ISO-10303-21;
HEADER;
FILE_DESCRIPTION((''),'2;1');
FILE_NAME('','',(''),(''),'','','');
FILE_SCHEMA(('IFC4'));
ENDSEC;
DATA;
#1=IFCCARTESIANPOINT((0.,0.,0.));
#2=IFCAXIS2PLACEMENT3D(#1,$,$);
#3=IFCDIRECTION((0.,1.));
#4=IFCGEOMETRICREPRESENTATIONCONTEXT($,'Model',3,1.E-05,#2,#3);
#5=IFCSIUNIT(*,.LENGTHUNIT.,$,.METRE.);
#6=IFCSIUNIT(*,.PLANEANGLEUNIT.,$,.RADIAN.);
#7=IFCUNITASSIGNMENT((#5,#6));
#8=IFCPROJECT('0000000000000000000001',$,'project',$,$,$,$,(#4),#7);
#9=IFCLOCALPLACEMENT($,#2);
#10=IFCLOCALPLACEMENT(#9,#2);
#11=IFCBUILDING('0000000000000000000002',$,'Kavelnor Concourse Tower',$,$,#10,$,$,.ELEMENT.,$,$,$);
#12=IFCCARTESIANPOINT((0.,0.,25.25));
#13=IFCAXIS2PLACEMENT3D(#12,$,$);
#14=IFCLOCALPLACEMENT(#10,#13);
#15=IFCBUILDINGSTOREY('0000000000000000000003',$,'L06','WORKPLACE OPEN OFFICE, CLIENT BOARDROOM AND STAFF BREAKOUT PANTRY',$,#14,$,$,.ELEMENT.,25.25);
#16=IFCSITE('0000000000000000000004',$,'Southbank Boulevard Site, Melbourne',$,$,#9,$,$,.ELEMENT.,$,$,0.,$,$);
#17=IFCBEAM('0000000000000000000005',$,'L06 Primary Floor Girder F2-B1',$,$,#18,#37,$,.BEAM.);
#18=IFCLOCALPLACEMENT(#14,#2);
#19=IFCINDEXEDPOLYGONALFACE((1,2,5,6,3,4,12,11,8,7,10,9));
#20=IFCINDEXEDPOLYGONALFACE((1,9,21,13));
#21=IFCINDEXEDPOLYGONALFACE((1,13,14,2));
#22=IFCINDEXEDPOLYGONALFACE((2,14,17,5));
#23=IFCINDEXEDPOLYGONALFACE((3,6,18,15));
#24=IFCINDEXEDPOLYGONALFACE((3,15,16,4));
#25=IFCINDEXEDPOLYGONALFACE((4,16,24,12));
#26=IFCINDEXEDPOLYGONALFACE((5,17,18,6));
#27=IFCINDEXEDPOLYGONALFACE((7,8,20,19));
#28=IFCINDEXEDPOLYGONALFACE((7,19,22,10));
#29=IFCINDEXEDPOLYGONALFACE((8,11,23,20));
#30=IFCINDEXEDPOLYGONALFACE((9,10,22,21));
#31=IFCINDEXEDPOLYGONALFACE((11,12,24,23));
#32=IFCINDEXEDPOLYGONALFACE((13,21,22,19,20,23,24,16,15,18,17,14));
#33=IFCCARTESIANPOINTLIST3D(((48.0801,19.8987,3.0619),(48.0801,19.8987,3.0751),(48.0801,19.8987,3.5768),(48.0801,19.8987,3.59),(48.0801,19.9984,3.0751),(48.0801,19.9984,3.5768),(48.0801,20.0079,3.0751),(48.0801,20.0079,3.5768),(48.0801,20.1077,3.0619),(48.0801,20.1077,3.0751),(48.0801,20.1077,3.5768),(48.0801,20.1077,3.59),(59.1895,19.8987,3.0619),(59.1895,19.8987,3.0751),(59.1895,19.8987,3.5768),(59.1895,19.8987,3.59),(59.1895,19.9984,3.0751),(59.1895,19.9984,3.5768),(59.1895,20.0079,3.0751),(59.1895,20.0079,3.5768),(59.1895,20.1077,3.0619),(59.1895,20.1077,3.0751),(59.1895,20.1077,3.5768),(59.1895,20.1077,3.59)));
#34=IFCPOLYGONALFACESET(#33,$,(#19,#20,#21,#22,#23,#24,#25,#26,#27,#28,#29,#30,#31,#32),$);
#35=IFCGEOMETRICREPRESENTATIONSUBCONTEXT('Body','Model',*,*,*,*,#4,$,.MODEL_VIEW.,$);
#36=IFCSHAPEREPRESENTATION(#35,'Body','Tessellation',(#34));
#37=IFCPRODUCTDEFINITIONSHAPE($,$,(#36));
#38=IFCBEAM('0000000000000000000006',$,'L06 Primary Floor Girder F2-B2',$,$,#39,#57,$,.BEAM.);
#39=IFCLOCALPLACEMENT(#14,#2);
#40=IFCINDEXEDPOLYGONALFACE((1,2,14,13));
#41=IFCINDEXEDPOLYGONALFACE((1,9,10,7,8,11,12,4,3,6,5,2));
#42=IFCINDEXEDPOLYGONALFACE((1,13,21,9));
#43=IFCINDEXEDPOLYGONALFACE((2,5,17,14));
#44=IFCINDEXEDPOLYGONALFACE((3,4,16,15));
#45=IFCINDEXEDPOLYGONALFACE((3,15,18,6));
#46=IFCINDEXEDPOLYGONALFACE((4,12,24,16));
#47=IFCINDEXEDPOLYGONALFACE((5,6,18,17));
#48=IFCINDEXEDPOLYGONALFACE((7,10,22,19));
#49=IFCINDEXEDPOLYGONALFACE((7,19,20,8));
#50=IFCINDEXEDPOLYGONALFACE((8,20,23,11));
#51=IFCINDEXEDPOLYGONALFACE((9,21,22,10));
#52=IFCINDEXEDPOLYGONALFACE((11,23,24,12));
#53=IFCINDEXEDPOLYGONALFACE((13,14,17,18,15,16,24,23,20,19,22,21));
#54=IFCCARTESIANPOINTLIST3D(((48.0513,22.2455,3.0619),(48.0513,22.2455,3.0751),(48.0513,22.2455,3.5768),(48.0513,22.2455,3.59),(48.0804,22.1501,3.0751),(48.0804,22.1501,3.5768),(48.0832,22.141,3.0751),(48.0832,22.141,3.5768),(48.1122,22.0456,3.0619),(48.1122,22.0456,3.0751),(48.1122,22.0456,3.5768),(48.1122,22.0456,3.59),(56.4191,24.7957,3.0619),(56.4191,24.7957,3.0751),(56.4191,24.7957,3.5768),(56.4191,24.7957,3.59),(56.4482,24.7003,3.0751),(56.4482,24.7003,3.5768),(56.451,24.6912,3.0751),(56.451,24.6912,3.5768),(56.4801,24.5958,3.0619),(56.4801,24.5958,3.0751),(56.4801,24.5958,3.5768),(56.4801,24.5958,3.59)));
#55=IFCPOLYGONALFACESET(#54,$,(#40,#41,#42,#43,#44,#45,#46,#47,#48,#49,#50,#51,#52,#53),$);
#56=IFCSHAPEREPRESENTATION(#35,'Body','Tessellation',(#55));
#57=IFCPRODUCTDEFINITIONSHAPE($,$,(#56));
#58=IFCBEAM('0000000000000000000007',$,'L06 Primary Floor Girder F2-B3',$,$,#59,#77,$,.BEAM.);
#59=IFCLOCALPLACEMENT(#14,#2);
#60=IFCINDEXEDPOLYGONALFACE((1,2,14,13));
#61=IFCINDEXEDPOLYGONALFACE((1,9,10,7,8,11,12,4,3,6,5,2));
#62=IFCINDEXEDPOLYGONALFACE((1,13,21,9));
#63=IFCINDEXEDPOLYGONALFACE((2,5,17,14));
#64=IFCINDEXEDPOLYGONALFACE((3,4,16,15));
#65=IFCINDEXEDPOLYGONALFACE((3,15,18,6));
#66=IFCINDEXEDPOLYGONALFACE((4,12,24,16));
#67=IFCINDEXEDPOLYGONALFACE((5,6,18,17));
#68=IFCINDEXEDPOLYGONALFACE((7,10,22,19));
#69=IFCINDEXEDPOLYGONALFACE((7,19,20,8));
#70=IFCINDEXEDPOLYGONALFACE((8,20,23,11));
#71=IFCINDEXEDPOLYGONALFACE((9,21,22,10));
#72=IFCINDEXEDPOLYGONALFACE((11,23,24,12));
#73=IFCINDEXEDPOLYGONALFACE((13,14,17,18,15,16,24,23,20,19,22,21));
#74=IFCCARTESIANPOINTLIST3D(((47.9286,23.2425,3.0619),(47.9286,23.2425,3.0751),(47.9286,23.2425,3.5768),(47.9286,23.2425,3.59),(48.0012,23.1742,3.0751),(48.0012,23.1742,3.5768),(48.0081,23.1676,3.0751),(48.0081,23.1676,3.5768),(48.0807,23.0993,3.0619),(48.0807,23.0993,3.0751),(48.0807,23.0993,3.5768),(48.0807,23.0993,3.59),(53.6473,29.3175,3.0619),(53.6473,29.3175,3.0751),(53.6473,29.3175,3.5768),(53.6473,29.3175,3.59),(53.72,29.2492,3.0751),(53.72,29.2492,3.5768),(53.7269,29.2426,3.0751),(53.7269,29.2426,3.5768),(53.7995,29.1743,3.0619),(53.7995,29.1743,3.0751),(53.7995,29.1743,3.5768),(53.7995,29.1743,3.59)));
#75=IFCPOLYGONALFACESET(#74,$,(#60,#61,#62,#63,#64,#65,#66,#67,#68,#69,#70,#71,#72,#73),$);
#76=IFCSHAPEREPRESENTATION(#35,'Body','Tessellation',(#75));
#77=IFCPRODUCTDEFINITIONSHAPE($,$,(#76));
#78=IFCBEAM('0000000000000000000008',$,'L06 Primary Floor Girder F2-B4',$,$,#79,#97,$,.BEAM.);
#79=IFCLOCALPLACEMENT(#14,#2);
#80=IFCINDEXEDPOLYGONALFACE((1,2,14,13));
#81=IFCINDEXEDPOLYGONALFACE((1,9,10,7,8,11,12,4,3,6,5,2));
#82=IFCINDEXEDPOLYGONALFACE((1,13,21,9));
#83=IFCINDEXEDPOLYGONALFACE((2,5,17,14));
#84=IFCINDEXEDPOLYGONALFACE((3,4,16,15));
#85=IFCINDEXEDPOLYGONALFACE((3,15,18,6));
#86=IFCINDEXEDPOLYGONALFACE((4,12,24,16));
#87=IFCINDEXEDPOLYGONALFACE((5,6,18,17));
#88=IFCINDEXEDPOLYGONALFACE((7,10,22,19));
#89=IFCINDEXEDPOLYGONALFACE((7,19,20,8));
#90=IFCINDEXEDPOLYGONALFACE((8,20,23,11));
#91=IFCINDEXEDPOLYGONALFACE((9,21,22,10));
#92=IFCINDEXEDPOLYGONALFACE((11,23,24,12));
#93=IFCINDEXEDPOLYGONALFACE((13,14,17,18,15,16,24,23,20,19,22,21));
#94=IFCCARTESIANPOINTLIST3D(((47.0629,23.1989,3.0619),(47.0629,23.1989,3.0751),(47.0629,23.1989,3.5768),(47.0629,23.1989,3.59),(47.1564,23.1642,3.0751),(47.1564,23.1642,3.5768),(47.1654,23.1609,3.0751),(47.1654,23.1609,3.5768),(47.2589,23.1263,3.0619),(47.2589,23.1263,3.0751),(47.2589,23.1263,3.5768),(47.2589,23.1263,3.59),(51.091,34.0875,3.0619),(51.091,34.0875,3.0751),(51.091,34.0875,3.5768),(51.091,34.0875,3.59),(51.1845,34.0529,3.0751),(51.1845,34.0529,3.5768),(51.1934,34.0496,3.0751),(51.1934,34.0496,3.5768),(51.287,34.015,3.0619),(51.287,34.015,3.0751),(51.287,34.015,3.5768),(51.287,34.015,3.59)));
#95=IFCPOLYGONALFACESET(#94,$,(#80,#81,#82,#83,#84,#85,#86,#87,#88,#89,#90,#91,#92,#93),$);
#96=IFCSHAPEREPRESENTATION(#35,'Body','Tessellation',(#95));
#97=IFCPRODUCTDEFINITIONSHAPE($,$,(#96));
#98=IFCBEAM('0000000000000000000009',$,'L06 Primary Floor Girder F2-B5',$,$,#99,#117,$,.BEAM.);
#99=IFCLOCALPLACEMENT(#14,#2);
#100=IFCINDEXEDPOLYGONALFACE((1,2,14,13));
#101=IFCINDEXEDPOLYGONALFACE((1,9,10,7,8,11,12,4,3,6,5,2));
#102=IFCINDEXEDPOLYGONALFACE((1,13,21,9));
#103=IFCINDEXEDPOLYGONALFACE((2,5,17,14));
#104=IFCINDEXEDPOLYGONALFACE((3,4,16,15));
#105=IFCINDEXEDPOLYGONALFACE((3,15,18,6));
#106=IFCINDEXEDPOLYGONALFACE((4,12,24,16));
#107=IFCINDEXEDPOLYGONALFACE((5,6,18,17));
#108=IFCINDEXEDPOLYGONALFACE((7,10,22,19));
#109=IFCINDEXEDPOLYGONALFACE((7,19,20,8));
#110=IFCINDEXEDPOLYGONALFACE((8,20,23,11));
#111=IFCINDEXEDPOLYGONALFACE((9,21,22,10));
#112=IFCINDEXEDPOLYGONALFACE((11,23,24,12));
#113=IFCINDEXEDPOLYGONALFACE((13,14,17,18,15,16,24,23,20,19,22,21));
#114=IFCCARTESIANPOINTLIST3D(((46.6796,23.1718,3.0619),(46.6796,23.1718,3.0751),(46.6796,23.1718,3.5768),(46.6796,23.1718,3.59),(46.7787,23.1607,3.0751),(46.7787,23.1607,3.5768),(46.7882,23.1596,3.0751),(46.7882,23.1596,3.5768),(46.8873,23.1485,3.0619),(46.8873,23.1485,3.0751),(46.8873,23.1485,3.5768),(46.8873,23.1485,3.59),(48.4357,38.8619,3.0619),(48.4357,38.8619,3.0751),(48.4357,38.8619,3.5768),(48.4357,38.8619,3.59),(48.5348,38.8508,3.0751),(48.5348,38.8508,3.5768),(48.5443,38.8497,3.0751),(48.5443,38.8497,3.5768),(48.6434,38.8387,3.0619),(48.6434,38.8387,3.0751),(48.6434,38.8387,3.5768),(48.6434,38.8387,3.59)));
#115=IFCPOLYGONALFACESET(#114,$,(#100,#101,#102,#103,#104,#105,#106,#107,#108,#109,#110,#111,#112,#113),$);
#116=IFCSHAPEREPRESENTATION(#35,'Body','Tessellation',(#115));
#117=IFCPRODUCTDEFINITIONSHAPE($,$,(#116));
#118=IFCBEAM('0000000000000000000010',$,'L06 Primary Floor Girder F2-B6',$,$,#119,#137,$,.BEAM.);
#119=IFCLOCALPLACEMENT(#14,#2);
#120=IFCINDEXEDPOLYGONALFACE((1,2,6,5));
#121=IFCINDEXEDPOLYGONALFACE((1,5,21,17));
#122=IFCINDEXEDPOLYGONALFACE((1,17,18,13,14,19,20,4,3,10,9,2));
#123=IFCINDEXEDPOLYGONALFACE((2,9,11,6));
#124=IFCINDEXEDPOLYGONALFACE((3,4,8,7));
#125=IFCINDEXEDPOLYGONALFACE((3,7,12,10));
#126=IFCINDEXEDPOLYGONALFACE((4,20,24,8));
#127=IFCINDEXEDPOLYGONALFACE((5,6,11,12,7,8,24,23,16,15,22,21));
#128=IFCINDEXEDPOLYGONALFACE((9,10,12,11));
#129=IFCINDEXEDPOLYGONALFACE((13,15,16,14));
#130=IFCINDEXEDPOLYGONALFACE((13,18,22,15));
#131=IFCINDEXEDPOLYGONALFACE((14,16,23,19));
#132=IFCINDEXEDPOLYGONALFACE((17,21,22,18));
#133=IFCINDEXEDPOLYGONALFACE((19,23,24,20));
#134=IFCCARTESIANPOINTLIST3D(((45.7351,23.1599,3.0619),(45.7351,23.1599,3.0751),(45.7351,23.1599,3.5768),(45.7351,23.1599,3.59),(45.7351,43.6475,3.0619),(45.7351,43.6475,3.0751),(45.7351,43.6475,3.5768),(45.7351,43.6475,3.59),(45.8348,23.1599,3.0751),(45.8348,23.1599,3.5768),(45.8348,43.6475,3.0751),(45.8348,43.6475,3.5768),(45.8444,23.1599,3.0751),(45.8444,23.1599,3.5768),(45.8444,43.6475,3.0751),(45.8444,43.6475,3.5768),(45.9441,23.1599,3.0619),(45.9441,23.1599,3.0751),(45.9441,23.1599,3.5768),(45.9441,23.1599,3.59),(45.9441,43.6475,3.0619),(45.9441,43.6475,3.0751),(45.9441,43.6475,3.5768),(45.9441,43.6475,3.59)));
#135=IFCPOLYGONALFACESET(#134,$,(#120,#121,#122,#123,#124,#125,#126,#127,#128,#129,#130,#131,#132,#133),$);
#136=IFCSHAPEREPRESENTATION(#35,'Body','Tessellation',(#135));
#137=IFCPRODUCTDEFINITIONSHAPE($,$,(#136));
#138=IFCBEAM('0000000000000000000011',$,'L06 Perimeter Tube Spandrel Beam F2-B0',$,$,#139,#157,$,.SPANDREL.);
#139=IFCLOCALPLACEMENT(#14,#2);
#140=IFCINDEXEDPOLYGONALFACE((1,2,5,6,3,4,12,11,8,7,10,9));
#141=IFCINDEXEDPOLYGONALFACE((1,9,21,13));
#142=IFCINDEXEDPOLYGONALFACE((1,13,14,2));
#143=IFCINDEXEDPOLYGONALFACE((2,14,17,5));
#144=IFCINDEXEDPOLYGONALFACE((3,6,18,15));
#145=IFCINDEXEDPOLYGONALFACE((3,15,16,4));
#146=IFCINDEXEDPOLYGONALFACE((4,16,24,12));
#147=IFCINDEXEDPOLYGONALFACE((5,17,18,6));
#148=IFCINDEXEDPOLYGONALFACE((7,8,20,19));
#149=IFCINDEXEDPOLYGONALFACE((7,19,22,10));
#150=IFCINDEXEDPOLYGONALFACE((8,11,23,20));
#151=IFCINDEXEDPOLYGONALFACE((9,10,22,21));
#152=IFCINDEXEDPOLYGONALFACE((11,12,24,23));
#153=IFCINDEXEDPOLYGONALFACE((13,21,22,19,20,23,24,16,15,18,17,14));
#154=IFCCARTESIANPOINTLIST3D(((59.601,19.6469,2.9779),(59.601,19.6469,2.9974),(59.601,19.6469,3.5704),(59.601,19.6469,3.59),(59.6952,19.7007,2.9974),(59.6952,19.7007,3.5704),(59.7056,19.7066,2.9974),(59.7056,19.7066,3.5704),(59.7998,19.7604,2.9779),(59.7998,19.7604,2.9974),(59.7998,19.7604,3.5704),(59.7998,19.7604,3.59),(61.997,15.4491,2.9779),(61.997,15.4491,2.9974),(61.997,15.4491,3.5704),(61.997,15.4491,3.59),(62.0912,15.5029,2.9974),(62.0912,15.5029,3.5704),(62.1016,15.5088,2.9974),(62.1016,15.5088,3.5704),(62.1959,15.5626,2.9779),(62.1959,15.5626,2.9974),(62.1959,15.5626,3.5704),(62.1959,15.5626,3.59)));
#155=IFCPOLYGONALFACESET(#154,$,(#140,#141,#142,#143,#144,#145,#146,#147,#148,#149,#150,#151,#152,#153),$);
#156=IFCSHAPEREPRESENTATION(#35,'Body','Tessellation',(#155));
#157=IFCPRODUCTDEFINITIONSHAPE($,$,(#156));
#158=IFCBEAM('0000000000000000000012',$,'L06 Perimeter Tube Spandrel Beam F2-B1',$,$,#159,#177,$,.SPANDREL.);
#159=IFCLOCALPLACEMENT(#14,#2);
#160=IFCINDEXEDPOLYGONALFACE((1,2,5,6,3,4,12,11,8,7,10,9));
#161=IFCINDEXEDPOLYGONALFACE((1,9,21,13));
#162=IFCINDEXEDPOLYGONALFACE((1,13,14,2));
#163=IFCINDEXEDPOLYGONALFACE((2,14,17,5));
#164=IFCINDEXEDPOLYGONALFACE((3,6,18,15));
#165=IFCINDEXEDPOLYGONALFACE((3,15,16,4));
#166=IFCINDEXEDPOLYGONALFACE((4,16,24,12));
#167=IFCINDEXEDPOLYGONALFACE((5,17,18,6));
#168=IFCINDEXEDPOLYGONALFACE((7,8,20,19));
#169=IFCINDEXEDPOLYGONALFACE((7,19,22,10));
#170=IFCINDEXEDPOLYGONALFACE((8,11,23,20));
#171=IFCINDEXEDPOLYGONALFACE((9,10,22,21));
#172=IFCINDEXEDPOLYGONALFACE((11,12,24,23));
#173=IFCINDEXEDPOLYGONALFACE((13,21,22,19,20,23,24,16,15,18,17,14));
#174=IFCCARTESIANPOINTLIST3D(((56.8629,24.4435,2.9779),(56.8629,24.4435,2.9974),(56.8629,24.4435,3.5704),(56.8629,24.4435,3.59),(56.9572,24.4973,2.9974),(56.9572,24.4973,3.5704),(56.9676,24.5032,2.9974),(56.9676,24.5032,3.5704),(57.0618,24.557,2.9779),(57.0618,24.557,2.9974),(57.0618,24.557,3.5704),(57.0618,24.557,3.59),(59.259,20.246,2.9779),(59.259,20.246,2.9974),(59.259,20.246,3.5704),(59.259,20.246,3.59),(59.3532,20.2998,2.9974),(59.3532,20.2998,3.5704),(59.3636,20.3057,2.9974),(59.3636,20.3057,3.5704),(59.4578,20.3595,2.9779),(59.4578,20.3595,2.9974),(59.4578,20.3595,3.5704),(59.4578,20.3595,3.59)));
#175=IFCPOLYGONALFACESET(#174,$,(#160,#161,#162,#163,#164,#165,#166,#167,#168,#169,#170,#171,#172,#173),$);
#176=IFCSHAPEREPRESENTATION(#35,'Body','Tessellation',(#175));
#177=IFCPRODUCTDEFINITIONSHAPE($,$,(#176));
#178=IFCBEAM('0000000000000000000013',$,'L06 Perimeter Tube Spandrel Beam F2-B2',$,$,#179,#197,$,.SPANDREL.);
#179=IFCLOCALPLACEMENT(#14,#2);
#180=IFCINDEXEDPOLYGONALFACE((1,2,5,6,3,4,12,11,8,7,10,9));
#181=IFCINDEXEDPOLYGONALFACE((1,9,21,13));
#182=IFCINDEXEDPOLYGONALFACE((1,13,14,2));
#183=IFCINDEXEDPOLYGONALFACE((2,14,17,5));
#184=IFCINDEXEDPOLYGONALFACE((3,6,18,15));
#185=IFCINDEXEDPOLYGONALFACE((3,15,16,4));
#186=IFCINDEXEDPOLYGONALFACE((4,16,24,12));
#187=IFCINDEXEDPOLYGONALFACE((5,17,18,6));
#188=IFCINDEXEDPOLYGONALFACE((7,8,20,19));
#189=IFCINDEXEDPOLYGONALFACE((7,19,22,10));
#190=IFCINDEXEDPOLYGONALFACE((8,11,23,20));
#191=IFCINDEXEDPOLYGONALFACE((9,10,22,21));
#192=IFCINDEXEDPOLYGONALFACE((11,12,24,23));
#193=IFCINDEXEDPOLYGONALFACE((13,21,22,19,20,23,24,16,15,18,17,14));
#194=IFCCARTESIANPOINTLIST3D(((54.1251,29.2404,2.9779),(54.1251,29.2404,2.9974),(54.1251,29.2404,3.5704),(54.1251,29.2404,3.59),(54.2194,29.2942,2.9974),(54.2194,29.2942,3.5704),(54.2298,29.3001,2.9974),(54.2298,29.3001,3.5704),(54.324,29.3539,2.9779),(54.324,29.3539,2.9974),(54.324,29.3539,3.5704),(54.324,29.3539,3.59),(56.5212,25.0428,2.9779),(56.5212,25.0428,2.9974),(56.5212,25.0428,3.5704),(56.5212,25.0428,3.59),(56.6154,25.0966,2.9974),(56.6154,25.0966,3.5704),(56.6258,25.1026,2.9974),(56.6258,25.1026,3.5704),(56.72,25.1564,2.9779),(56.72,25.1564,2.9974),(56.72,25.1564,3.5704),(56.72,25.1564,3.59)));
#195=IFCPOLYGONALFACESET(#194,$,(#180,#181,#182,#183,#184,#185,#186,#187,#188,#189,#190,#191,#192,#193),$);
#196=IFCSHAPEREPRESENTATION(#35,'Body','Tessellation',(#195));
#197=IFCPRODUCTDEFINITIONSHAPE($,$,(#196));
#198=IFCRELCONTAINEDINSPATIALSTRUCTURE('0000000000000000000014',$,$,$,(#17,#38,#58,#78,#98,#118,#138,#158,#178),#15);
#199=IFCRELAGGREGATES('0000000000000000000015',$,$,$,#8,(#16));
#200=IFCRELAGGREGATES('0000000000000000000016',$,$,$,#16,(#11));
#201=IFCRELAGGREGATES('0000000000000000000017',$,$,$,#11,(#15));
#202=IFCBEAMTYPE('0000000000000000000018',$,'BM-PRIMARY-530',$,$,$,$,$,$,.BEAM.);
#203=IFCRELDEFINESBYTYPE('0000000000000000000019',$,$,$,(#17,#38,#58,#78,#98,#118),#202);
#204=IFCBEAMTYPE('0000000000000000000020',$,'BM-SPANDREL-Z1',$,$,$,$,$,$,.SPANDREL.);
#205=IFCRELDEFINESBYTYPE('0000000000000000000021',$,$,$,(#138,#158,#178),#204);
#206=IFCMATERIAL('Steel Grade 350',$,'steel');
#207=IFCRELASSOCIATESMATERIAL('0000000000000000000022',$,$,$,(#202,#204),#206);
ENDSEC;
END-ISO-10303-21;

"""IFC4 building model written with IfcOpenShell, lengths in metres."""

from ifc_helpers import new_model, si_unit, direction, frame, origin, origin_2d, place, context, subcontext, project, spatial, i_section, extrude, material, material_profile, profile_set, type_object, element, save


model = new_model("IFC4")

# Units and contexts
model_context = context("Model", 3, precision=1e-05, world=origin(), true_north=direction((0.0, 1.0)))
body_context = subcontext(model_context, "Body", "Model", "MODEL_VIEW")
ifc_project = project(units=[si_unit("LENGTHUNIT", "METRE"), si_unit("PLANEANGLEUNIT", "RADIAN")], contexts=[model_context])

# Site, building, storey
site_placement = place(None, origin())
site = spatial("IfcSite", under=ifc_project, at=site_placement, Name="Southbank Boulevard Site, Melbourne", CompositionType="ELEMENT", RefElevation=0.0)
building_placement = place(site_placement, origin())
building = spatial("IfcBuilding", under=site, at=building_placement, Name="Kavelnor Concourse Tower", CompositionType="ELEMENT")
storey_placement = place(building_placement, frame((0.0, 0.0, 25.25)))
storey = spatial("IfcBuildingStorey", under=building, at=storey_placement, Name="L06", Description="WORKPLACE OPEN OFFICE, CLIENT BOARDROOM AND STAFF BREAKOUT PANTRY", CompositionType="ELEMENT", Elevation=25.25)

# Shared definitions
ifc_material_1 = material(Name="Steel Grade 350", Category="steel")

# Beams
ifc_material_profile_1 = material_profile(ifc_material_1, i_section(OverallWidth=0.209, OverallDepth=0.5281, WebThickness=0.0095, FlangeThickness=0.0132, at=origin_2d()), Name="530UB82")
ifc_profile_set_1 = profile_set([ifc_material_profile_1], Name="Steel Grade 350")
beam_type_1 = type_object("IfcBeamType", Name="BM-PRIMARY-530", PredefinedType="BEAM", material=ifc_profile_set_1)
beam_1_placement = place(storey_placement, frame((48.0801, 20.0032, 3.3259), z_axis=(1.0, 0.0, 0.0), x_axis=(0.0, 1.0, 0.0)))
element("IfcBeam", 1, at=beam_1_placement, inside=storey, type_object=beam_type_1, Name="L06 Primary Floor Girder F2-B1", PredefinedType="BEAM", context=body_context, shape_type="SweptSolid", body=[
    extrude(i_section(OverallWidth=0.209, OverallDepth=0.5281, WebThickness=0.0095, FlangeThickness=0.0132, at=origin_2d()), origin(), (0.0, 0.0, 1.0), 11.1094),
])
beam_2_placement = place(storey_placement, frame((48.0818, 22.1455, 3.3259), z_axis=(0.956561, 0.291531, 0.0), x_axis=(-0.291531, 0.956561, 0.0)))
element("IfcBeam", 2, at=beam_2_placement, inside=storey, type_object=beam_type_1, Name="L06 Primary Floor Girder F2-B2", PredefinedType="BEAM", context=body_context, shape_type="SweptSolid", body=[
    extrude(i_section(OverallWidth=0.209, OverallDepth=0.5281, WebThickness=0.0095, FlangeThickness=0.0132, at=origin_2d()), origin(), (0.0, 0.0, 1.0), 8.7478),
])
beam_3_placement = place(storey_placement, frame((48.0046, 23.1709, 3.3259), z_axis=(0.685438, 0.728131, 0.0), x_axis=(-0.728131, 0.685438, 0.0)))
element("IfcBeam", 3, at=beam_3_placement, inside=storey, type_object=beam_type_1, Name="L06 Primary Floor Girder F2-B3", PredefinedType="BEAM", context=body_context, shape_type="SweptSolid", body=[
    extrude(i_section(OverallWidth=0.209, OverallDepth=0.5281, WebThickness=0.0095, FlangeThickness=0.0132, at=origin_2d()), origin(), (0.0, 0.0, 1.0), 8.3433),
])
beam_4_placement = place(storey_placement, frame((47.1609, 23.1626, 3.3259), z_axis=(0.346953, 0.937882, 0.0), x_axis=(-0.937882, 0.346953, 0.0)))
element("IfcBeam", 4, at=beam_4_placement, inside=storey, type_object=beam_type_1, Name="L06 Primary Floor Girder F2-B4", PredefinedType="BEAM", context=body_context, shape_type="SweptSolid", body=[
    extrude(i_section(OverallWidth=0.209, OverallDepth=0.5281, WebThickness=0.0095, FlangeThickness=0.0132, at=origin_2d()), origin(), (0.0, 0.0, 1.0), 11.6099),
])
beam_5_placement = place(storey_placement, frame((46.7834, 23.1602, 3.3259), z_axis=(0.111229, 0.993795, 0.0), x_axis=(-0.993795, 0.111229, 0.0)))
element("IfcBeam", 5, at=beam_5_placement, inside=storey, type_object=beam_type_1, Name="L06 Primary Floor Girder F2-B5", PredefinedType="BEAM", context=body_context, shape_type="SweptSolid", body=[
    extrude(i_section(OverallWidth=0.209, OverallDepth=0.5281, WebThickness=0.0095, FlangeThickness=0.0132, at=origin_2d()), origin(), (0.0, 0.0, 1.0), 15.7881),
])
beam_6_placement = place(storey_placement, frame((45.8396, 23.1599, 3.3259), z_axis=(0.0, 1.0, 0.0), x_axis=(-1.0, 0.0, 0.0)))
element("IfcBeam", 6, at=beam_6_placement, inside=storey, type_object=beam_type_1, Name="L06 Primary Floor Girder F2-B6", PredefinedType="BEAM", context=body_context, shape_type="SweptSolid", body=[
    extrude(i_section(OverallWidth=0.209, OverallDepth=0.5281, WebThickness=0.0095, FlangeThickness=0.0132, at=origin_2d()), origin(), (0.0, 0.0, 1.0), 20.4875),
])
ifc_material_profile_2 = material_profile(ifc_material_1, i_section(OverallWidth=0.229, OverallDepth=0.6121, WebThickness=0.012, FlangeThickness=0.0195, at=origin_2d()), Name="610UB125")
ifc_profile_set_2 = profile_set([ifc_material_profile_2], Name="Steel Grade 350")
beam_type_2 = type_object("IfcBeamType", Name="BM-SPANDREL-Z1", PredefinedType="SPANDREL", material=ifc_profile_set_2)
beam_7_placement = place(storey_placement, frame((62.0964, 15.5059, 3.2839), z_axis=(-0.495715, 0.868485, 0.0), x_axis=(-0.868485, -0.495715, 0.0)))
element("IfcBeam", 7, at=beam_7_placement, inside=storey, type_object=beam_type_2, Name="L06 Perimeter Tube Spandrel Beam F2-B0", PredefinedType="SPANDREL", context=body_context, shape_type="SweptSolid", body=[
    extrude(i_section(OverallWidth=0.229, OverallDepth=0.6121, WebThickness=0.012, FlangeThickness=0.0195, at=origin_2d()), origin(), (0.0, 0.0, 1.0), 4.8335),
])
for number, where, z_axis, x_axis, name in (
    (8, (59.3584, 20.3027, 3.2839), (-0.495736, 0.868473, 0.0), (-0.868473, -0.495736, 0.0), "L06 Perimeter Tube Spandrel Beam F2-B1"),
    (9, (56.6206, 25.0996, 3.2839), (-0.495736, 0.868473, 0.0), (-0.868473, -0.495736, 0.0), "L06 Perimeter Tube Spandrel Beam F2-B2"),
):
    element("IfcBeam", number, at=place(storey_placement, frame(where, z_axis=z_axis, x_axis=x_axis)), inside=storey, type_object=beam_type_2, Name=name, PredefinedType="SPANDREL", context=body_context, shape_type="SweptSolid", body=[
        extrude(i_section(OverallWidth=0.229, OverallDepth=0.6121, WebThickness=0.012, FlangeThickness=0.0195, at=origin_2d()), origin(), (0.0, 0.0, 1.0), 4.8333),
    ])

save(model, "model.ifc")
